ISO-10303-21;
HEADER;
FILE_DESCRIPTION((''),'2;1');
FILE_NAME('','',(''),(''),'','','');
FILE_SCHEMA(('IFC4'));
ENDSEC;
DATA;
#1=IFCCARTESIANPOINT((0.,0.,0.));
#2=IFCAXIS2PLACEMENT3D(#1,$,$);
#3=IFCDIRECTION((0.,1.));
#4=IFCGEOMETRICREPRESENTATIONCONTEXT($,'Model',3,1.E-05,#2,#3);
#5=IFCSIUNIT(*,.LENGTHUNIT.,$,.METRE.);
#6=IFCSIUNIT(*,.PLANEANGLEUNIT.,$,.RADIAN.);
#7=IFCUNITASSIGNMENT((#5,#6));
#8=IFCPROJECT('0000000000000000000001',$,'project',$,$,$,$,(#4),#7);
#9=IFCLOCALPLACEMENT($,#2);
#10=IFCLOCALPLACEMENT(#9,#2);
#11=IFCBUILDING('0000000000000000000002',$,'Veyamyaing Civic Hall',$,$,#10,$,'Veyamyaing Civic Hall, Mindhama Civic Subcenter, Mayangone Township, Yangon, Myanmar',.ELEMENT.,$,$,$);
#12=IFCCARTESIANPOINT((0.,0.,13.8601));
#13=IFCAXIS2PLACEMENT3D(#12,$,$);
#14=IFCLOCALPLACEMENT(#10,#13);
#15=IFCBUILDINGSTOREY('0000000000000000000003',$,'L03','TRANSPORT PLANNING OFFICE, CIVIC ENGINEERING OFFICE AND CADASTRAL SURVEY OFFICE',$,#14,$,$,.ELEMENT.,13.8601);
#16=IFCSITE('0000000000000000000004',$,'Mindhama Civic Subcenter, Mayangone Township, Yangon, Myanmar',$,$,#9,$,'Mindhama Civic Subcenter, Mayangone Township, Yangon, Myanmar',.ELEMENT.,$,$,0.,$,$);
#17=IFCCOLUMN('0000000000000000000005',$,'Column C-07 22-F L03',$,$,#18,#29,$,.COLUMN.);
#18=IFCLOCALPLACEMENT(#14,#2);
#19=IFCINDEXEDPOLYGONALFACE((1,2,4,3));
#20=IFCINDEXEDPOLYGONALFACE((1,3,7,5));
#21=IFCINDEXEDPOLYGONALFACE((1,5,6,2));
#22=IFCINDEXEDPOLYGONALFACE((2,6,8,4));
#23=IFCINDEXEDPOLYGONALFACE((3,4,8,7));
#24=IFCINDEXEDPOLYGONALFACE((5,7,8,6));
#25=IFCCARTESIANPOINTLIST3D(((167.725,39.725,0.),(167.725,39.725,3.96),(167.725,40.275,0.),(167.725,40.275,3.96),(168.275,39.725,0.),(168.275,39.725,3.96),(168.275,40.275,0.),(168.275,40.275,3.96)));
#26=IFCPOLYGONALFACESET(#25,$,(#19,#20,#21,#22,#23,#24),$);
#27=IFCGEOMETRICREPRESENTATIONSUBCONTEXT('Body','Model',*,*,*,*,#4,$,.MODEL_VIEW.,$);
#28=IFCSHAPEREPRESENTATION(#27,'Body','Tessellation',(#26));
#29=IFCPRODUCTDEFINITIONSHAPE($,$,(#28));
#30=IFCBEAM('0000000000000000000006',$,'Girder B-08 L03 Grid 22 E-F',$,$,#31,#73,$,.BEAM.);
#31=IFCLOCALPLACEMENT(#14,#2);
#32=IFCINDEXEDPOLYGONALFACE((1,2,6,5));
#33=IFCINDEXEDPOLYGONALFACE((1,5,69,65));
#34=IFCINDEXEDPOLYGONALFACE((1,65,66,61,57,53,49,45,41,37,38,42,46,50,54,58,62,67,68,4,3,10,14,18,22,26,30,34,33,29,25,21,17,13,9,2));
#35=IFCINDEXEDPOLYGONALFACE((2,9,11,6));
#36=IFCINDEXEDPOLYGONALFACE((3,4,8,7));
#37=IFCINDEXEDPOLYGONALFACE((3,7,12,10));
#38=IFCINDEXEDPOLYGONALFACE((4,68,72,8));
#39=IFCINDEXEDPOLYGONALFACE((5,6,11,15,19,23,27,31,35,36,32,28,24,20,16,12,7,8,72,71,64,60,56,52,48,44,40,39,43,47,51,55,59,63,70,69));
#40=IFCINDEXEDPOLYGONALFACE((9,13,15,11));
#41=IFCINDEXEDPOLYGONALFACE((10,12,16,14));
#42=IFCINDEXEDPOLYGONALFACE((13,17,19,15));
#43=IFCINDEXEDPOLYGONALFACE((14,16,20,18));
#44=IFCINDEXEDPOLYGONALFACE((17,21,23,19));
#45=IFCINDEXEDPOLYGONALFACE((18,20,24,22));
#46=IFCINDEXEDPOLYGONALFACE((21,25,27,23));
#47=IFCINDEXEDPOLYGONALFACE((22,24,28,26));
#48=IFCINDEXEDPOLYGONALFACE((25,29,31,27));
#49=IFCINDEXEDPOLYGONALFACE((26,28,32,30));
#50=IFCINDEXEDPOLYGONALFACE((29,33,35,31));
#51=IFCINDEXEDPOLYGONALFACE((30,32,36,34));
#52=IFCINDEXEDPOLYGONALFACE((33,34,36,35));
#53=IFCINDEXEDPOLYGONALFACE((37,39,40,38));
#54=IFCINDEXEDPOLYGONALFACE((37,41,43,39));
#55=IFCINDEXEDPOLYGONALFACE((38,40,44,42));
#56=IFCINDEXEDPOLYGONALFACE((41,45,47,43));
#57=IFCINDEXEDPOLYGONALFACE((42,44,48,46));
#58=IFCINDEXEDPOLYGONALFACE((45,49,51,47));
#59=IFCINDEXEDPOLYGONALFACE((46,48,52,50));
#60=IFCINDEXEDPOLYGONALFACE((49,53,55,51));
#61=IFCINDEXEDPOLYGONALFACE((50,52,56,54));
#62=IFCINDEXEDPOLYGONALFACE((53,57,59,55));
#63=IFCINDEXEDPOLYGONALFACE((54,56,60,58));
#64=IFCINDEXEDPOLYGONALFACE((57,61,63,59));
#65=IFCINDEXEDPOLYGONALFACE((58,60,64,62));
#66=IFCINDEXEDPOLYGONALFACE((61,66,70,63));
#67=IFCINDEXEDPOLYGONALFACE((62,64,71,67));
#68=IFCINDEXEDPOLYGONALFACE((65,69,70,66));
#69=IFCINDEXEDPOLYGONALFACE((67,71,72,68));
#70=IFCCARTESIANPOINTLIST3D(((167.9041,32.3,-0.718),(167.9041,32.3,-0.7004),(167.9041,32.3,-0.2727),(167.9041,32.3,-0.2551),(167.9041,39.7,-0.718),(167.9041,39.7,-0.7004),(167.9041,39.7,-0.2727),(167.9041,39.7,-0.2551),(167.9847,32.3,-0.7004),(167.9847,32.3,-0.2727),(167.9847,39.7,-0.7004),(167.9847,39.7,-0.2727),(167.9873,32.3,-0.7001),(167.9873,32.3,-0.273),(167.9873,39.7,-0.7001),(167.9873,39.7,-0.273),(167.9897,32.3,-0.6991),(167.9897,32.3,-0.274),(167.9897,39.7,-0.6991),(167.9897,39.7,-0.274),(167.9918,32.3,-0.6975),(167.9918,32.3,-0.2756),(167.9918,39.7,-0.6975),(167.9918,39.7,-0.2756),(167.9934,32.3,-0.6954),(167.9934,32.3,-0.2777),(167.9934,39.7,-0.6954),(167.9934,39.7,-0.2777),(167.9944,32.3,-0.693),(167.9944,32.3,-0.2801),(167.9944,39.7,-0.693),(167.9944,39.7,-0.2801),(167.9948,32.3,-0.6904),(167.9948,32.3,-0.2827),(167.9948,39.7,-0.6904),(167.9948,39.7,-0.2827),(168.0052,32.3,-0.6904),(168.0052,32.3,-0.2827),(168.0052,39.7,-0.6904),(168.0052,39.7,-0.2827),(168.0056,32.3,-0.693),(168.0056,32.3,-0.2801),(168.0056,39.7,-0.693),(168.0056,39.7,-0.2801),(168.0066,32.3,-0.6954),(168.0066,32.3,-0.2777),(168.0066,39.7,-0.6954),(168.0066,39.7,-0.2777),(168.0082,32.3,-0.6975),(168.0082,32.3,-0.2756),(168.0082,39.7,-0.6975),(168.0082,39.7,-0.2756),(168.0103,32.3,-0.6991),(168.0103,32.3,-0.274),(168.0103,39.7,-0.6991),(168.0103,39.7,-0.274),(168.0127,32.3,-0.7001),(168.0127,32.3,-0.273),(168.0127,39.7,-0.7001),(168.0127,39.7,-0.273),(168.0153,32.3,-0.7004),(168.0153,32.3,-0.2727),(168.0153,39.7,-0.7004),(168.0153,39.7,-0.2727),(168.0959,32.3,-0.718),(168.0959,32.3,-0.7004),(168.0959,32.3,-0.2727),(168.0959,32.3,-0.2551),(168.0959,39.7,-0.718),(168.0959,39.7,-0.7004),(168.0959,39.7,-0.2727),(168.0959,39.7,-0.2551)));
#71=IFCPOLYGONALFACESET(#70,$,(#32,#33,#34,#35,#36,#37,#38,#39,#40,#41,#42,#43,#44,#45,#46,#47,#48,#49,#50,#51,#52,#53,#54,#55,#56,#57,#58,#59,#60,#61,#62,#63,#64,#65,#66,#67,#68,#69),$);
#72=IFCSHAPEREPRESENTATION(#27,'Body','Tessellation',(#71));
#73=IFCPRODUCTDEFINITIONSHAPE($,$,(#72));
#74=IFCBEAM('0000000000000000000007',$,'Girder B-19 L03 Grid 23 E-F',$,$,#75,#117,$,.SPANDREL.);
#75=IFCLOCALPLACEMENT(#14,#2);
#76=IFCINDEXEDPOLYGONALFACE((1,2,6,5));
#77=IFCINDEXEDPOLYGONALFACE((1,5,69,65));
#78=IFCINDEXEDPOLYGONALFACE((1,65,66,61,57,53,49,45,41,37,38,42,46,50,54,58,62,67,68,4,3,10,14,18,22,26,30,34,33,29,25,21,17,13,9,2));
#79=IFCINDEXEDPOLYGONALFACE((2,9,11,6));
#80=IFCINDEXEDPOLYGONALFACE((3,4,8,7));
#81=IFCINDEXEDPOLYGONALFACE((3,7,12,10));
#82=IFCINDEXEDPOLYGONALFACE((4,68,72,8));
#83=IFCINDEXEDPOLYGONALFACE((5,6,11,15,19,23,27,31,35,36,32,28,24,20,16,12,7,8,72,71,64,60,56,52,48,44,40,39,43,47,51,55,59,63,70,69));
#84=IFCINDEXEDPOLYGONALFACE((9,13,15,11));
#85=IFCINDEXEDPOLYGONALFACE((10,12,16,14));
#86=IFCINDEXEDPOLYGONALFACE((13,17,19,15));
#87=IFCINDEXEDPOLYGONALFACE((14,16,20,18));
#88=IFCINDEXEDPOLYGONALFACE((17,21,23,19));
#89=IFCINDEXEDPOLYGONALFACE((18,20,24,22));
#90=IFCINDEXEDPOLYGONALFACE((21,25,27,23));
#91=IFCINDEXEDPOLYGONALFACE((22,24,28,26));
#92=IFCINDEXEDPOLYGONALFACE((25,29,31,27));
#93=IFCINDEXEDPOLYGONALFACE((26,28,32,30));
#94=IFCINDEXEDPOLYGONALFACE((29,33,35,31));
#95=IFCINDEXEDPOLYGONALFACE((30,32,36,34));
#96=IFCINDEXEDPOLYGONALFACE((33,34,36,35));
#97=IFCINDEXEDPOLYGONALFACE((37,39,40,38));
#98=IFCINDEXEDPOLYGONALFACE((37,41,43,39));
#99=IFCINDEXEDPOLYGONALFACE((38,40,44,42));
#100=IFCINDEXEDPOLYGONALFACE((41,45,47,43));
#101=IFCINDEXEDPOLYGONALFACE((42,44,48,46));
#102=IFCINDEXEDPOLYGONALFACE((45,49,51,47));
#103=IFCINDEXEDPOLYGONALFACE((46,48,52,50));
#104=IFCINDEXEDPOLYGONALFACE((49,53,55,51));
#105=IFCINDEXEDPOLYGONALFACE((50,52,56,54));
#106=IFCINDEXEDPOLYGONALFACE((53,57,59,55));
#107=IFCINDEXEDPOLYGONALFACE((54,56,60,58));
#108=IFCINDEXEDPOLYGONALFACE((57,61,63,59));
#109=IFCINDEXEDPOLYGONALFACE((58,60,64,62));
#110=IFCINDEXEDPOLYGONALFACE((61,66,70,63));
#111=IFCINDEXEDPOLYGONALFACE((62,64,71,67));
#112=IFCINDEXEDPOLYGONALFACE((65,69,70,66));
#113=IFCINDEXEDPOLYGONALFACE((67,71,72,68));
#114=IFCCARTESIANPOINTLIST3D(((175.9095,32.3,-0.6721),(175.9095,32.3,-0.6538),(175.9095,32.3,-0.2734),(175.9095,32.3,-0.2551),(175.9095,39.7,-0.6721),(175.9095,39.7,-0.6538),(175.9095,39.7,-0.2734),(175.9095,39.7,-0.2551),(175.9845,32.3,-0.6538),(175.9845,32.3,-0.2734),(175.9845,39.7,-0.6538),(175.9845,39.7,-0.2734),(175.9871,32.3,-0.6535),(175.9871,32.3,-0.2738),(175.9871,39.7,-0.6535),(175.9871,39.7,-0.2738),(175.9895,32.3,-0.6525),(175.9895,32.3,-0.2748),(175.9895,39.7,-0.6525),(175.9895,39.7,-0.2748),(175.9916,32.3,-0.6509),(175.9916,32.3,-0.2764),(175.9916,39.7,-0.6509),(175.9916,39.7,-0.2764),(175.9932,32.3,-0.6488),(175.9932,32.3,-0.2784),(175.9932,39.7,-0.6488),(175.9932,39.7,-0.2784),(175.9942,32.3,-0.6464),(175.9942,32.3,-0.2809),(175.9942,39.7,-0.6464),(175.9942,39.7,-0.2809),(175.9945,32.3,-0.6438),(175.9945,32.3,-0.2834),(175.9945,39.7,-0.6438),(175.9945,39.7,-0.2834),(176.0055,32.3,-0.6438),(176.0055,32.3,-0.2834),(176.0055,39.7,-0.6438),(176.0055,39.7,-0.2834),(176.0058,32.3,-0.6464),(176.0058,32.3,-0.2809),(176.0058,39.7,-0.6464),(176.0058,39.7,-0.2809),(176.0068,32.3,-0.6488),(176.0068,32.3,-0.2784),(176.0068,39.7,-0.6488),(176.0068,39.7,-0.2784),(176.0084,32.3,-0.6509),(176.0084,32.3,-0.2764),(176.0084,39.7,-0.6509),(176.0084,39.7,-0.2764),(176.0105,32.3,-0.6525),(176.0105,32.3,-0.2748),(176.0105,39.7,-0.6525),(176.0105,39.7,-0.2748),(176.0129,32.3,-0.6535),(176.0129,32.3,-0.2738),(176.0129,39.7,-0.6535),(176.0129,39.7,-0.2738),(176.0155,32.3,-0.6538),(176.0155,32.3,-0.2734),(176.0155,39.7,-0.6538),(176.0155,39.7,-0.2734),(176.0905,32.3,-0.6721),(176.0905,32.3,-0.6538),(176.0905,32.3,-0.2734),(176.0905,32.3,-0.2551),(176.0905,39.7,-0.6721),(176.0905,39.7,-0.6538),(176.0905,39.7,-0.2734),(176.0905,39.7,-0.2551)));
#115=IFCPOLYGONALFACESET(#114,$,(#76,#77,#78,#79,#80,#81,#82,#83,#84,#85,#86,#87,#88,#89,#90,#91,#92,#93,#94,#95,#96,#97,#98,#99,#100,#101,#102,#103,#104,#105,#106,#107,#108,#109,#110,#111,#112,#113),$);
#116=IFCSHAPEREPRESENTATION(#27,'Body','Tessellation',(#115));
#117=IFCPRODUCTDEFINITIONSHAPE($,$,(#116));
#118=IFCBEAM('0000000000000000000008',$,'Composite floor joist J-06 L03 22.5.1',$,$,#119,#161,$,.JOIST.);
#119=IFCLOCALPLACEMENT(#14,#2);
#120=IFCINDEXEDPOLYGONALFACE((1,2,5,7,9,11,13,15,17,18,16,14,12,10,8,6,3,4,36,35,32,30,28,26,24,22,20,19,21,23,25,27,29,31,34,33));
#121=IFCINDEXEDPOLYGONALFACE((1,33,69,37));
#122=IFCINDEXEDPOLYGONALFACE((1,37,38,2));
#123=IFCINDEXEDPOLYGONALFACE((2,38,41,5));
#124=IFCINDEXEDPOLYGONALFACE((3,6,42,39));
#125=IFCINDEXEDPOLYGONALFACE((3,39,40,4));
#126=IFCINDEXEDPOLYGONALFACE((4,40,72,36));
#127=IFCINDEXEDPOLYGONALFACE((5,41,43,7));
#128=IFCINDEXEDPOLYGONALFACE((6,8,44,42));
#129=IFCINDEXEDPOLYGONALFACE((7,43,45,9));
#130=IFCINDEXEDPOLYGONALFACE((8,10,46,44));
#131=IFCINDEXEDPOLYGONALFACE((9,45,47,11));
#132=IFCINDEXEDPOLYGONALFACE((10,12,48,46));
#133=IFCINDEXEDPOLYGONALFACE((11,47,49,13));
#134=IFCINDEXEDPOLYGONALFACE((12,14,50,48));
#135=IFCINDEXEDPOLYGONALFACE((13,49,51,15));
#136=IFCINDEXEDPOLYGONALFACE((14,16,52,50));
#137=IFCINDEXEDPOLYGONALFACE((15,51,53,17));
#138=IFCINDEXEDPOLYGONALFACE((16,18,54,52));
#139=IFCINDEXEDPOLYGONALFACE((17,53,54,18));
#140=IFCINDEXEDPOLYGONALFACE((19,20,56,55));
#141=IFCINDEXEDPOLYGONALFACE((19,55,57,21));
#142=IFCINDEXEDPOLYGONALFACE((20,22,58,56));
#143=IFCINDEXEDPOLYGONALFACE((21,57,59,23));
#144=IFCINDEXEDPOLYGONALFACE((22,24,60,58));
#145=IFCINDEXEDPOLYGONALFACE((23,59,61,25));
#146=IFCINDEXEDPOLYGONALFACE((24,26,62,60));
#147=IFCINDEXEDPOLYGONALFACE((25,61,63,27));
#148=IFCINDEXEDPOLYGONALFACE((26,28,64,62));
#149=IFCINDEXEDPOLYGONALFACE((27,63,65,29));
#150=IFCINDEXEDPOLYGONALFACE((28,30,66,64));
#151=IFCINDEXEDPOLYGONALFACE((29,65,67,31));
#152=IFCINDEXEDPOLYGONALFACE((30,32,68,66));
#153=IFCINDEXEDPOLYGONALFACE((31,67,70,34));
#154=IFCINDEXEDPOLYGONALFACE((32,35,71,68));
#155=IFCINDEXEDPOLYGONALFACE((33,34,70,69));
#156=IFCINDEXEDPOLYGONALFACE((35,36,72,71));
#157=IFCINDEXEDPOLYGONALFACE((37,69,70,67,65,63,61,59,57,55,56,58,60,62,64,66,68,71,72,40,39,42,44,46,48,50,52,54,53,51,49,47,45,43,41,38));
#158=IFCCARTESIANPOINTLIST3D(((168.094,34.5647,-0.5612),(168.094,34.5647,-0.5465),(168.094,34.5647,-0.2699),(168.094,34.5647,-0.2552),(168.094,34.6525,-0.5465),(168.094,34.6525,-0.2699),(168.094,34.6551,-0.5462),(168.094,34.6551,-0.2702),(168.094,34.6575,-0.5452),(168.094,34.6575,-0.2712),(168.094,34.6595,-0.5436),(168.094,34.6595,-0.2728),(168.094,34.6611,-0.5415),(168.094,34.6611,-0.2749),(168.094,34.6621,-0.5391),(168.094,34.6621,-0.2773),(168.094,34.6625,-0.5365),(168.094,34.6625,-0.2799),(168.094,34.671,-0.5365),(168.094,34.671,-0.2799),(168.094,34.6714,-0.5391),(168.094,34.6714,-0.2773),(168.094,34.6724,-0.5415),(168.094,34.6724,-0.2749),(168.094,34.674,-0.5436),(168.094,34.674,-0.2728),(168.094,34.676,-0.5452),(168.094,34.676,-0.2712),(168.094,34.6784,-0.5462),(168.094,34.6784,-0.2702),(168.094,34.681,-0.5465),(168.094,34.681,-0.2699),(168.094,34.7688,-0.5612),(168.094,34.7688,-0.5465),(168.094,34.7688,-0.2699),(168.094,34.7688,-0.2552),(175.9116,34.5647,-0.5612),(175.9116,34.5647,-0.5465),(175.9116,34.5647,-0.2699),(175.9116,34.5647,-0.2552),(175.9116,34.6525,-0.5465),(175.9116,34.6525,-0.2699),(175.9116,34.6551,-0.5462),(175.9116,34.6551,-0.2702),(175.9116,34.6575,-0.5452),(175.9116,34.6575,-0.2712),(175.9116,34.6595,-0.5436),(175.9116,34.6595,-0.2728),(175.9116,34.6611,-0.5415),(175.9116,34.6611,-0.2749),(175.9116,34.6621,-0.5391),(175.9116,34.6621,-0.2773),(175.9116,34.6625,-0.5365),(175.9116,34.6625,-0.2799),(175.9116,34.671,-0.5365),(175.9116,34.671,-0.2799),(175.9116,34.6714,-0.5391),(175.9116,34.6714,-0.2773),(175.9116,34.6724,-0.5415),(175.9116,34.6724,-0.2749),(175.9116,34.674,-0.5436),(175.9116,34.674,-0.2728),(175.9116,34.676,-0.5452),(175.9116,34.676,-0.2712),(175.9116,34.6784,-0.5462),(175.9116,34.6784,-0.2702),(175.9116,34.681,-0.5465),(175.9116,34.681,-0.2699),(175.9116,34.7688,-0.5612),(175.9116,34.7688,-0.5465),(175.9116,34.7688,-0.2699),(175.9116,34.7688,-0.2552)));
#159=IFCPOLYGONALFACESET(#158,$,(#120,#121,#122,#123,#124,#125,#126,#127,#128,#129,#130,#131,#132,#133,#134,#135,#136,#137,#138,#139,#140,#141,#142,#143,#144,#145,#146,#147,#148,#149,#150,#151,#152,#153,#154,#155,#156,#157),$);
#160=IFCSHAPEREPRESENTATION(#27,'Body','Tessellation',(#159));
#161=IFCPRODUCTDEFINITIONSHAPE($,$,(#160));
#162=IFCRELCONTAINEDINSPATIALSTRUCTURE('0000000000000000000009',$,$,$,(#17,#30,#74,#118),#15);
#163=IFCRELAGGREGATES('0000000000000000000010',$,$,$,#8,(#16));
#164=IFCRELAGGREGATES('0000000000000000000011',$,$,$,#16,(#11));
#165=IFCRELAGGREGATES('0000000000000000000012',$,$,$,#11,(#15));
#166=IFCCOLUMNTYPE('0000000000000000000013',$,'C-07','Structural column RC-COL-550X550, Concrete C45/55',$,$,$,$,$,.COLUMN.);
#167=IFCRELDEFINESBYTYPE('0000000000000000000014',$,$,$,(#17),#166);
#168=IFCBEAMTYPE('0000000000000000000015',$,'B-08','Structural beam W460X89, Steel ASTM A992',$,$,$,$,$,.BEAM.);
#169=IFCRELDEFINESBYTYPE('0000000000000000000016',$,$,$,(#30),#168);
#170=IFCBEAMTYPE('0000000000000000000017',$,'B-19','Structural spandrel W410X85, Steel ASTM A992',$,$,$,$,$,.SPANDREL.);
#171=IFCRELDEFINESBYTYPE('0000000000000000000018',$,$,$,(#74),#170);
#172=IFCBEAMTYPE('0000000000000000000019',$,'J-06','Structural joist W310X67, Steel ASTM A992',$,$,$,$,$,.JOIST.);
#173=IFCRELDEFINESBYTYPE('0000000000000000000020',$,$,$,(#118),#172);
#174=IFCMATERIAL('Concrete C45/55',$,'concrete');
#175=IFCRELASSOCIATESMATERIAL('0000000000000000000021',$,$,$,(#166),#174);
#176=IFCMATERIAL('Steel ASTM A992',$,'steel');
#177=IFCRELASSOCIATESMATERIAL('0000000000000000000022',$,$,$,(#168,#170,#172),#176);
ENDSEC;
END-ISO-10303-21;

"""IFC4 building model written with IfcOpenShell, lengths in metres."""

from ifc_helpers import new_model, si_unit, direction, frame, origin, origin_2d, place, context, subcontext, project, spatial, rectangle, i_section, extrude, material, material_profile, profile_set, type_object, element, save


model = new_model("IFC4")

# Units and contexts
model_context = context("Model", 3, precision=1e-05, world=origin(), true_north=direction((0.0, 1.0)))
body_context = subcontext(model_context, "Body", "Model", "MODEL_VIEW")
ifc_project = project(units=[si_unit("LENGTHUNIT", "METRE"), si_unit("PLANEANGLEUNIT", "RADIAN")], contexts=[model_context])

# Site, building, storey
site_placement = place(None, origin())
site = spatial("IfcSite", under=ifc_project, at=site_placement, Name="Mindhama Civic Subcenter, Mayangone Township, Yangon, Myanmar", LongName="Mindhama Civic Subcenter, Mayangone Township, Yangon, Myanmar", CompositionType="ELEMENT", RefElevation=0.0)
building_placement = place(site_placement, origin())
building = spatial("IfcBuilding", under=site, at=building_placement, Name="Veyamyaing Civic Hall", LongName="Veyamyaing Civic Hall, Mindhama Civic Subcenter, Mayangone Township, Yangon, Myanmar", CompositionType="ELEMENT")
storey_placement = place(building_placement, frame((0.0, 0.0, 13.8601)))
storey = spatial("IfcBuildingStorey", under=building, at=storey_placement, Name="L03", Description="TRANSPORT PLANNING OFFICE, CIVIC ENGINEERING OFFICE AND CADASTRAL SURVEY OFFICE", CompositionType="ELEMENT", Elevation=13.8601)

# Column
ifc_material_1 = material(Name="Concrete C45/55", Category="concrete")
ifc_material_profile_1 = material_profile(ifc_material_1, rectangle(XDim=0.55, YDim=0.55, at=origin_2d()), Name="RC-COL-550X550")
ifc_profile_set_1 = profile_set([ifc_material_profile_1], Name="Concrete C45/55")
column_type = type_object("IfcColumnType", Name="C-07", Description="Structural column RC-COL-550X550, Concrete C45/55", PredefinedType="COLUMN", material=ifc_profile_set_1)
column_placement = place(storey_placement, frame((168.0, 40.0, 0.0), z_axis=(0.0, 0.0, 1.0), x_axis=(1.0, 0.0, 0.0)))
element("IfcColumn", 1, at=column_placement, inside=storey, type_object=column_type, Name="Column C-07 22-F L03", PredefinedType="COLUMN", context=body_context, shape_type="SweptSolid", body=[
    extrude(rectangle(XDim=0.55, YDim=0.55, at=origin_2d()), origin(), (0.0, 0.0, 1.0), 3.96),
])

# Beams
ifc_material_2 = material(Name="Steel ASTM A992", Category="steel")
ifc_material_profile_2 = material_profile(ifc_material_2, i_section(OverallWidth=0.1919, OverallDepth=0.4629, WebThickness=0.0105, FlangeThickness=0.0176, FilletRadius=0.01, at=origin_2d()), Name="W460X89")
ifc_profile_set_2 = profile_set([ifc_material_profile_2], Name="Steel ASTM A992")
beam_type_1 = type_object("IfcBeamType", Name="B-08", Description="Structural beam W460X89, Steel ASTM A992", PredefinedType="BEAM", material=ifc_profile_set_2)
beam_1_placement = place(storey_placement, frame((168.0, 32.3, -0.4866), z_axis=(0.0, 1.0, 0.0), x_axis=(-1.0, 0.0, 0.0)))
element("IfcBeam", 2, at=beam_1_placement, inside=storey, type_object=beam_type_1, Name="Girder B-08 L03 Grid 22 E-F", PredefinedType="BEAM", context=body_context, shape_type="SweptSolid", body=[
    extrude(i_section(OverallWidth=0.1919, OverallDepth=0.4629, WebThickness=0.0105, FlangeThickness=0.0176, FilletRadius=0.01, at=origin_2d()), origin(), (0.0, 0.0, 1.0), 7.3999),
])
ifc_material_profile_3 = material_profile(ifc_material_2, i_section(OverallWidth=0.1809, OverallDepth=0.417, WebThickness=0.011, FlangeThickness=0.0183, FilletRadius=0.01, at=origin_2d()), Name="W410X85")
ifc_profile_set_3 = profile_set([ifc_material_profile_3], Name="Steel ASTM A992")
beam_type_2 = type_object("IfcBeamType", Name="B-19", Description="Structural spandrel W410X85, Steel ASTM A992", PredefinedType="SPANDREL", material=ifc_profile_set_3)
beam_2_placement = place(storey_placement, frame((176.0, 32.3, -0.4636), z_axis=(0.0, 1.0, 0.0), x_axis=(-1.0, 0.0, 0.0)))
element("IfcBeam", 3, at=beam_2_placement, inside=storey, type_object=beam_type_2, Name="Girder B-19 L03 Grid 23 E-F", PredefinedType="SPANDREL", context=body_context, shape_type="SweptSolid", body=[
    extrude(i_section(OverallWidth=0.1809, OverallDepth=0.417, WebThickness=0.011, FlangeThickness=0.0183, FilletRadius=0.01, at=origin_2d()), origin(), (0.0, 0.0, 1.0), 7.3999),
])
ifc_material_profile_4 = material_profile(ifc_material_2, i_section(OverallWidth=0.2041, OverallDepth=0.3059, WebThickness=0.0085, FlangeThickness=0.0146, FilletRadius=0.01, at=origin_2d()), Name="W310X67")
ifc_profile_set_4 = profile_set([ifc_material_profile_4], Name="Steel ASTM A992")
beam_type_3 = type_object("IfcBeamType", Name="J-06", Description="Structural joist W310X67, Steel ASTM A992", PredefinedType="JOIST", material=ifc_profile_set_4)
for number, where, z_axis, x_axis, name in (
    (4, (168.094, 34.6667, -0.4082), (1.0, 0.0, 0.0), (0.0, 1.0, 0.0), "Composite floor joist J-06 L03 22.5.1"),
):
    element("IfcBeam", number, at=place(storey_placement, frame(where, z_axis=z_axis, x_axis=x_axis)), inside=storey, type_object=beam_type_3, Name=name, PredefinedType="JOIST", context=body_context, shape_type="SweptSolid", body=[
        extrude(i_section(OverallWidth=0.2041, OverallDepth=0.3059, WebThickness=0.0085, FlangeThickness=0.0146, FilletRadius=0.01, at=origin_2d()), origin(), (0.0, 0.0, 1.0), 7.8176),
    ])

save(model, "model.ifc")
